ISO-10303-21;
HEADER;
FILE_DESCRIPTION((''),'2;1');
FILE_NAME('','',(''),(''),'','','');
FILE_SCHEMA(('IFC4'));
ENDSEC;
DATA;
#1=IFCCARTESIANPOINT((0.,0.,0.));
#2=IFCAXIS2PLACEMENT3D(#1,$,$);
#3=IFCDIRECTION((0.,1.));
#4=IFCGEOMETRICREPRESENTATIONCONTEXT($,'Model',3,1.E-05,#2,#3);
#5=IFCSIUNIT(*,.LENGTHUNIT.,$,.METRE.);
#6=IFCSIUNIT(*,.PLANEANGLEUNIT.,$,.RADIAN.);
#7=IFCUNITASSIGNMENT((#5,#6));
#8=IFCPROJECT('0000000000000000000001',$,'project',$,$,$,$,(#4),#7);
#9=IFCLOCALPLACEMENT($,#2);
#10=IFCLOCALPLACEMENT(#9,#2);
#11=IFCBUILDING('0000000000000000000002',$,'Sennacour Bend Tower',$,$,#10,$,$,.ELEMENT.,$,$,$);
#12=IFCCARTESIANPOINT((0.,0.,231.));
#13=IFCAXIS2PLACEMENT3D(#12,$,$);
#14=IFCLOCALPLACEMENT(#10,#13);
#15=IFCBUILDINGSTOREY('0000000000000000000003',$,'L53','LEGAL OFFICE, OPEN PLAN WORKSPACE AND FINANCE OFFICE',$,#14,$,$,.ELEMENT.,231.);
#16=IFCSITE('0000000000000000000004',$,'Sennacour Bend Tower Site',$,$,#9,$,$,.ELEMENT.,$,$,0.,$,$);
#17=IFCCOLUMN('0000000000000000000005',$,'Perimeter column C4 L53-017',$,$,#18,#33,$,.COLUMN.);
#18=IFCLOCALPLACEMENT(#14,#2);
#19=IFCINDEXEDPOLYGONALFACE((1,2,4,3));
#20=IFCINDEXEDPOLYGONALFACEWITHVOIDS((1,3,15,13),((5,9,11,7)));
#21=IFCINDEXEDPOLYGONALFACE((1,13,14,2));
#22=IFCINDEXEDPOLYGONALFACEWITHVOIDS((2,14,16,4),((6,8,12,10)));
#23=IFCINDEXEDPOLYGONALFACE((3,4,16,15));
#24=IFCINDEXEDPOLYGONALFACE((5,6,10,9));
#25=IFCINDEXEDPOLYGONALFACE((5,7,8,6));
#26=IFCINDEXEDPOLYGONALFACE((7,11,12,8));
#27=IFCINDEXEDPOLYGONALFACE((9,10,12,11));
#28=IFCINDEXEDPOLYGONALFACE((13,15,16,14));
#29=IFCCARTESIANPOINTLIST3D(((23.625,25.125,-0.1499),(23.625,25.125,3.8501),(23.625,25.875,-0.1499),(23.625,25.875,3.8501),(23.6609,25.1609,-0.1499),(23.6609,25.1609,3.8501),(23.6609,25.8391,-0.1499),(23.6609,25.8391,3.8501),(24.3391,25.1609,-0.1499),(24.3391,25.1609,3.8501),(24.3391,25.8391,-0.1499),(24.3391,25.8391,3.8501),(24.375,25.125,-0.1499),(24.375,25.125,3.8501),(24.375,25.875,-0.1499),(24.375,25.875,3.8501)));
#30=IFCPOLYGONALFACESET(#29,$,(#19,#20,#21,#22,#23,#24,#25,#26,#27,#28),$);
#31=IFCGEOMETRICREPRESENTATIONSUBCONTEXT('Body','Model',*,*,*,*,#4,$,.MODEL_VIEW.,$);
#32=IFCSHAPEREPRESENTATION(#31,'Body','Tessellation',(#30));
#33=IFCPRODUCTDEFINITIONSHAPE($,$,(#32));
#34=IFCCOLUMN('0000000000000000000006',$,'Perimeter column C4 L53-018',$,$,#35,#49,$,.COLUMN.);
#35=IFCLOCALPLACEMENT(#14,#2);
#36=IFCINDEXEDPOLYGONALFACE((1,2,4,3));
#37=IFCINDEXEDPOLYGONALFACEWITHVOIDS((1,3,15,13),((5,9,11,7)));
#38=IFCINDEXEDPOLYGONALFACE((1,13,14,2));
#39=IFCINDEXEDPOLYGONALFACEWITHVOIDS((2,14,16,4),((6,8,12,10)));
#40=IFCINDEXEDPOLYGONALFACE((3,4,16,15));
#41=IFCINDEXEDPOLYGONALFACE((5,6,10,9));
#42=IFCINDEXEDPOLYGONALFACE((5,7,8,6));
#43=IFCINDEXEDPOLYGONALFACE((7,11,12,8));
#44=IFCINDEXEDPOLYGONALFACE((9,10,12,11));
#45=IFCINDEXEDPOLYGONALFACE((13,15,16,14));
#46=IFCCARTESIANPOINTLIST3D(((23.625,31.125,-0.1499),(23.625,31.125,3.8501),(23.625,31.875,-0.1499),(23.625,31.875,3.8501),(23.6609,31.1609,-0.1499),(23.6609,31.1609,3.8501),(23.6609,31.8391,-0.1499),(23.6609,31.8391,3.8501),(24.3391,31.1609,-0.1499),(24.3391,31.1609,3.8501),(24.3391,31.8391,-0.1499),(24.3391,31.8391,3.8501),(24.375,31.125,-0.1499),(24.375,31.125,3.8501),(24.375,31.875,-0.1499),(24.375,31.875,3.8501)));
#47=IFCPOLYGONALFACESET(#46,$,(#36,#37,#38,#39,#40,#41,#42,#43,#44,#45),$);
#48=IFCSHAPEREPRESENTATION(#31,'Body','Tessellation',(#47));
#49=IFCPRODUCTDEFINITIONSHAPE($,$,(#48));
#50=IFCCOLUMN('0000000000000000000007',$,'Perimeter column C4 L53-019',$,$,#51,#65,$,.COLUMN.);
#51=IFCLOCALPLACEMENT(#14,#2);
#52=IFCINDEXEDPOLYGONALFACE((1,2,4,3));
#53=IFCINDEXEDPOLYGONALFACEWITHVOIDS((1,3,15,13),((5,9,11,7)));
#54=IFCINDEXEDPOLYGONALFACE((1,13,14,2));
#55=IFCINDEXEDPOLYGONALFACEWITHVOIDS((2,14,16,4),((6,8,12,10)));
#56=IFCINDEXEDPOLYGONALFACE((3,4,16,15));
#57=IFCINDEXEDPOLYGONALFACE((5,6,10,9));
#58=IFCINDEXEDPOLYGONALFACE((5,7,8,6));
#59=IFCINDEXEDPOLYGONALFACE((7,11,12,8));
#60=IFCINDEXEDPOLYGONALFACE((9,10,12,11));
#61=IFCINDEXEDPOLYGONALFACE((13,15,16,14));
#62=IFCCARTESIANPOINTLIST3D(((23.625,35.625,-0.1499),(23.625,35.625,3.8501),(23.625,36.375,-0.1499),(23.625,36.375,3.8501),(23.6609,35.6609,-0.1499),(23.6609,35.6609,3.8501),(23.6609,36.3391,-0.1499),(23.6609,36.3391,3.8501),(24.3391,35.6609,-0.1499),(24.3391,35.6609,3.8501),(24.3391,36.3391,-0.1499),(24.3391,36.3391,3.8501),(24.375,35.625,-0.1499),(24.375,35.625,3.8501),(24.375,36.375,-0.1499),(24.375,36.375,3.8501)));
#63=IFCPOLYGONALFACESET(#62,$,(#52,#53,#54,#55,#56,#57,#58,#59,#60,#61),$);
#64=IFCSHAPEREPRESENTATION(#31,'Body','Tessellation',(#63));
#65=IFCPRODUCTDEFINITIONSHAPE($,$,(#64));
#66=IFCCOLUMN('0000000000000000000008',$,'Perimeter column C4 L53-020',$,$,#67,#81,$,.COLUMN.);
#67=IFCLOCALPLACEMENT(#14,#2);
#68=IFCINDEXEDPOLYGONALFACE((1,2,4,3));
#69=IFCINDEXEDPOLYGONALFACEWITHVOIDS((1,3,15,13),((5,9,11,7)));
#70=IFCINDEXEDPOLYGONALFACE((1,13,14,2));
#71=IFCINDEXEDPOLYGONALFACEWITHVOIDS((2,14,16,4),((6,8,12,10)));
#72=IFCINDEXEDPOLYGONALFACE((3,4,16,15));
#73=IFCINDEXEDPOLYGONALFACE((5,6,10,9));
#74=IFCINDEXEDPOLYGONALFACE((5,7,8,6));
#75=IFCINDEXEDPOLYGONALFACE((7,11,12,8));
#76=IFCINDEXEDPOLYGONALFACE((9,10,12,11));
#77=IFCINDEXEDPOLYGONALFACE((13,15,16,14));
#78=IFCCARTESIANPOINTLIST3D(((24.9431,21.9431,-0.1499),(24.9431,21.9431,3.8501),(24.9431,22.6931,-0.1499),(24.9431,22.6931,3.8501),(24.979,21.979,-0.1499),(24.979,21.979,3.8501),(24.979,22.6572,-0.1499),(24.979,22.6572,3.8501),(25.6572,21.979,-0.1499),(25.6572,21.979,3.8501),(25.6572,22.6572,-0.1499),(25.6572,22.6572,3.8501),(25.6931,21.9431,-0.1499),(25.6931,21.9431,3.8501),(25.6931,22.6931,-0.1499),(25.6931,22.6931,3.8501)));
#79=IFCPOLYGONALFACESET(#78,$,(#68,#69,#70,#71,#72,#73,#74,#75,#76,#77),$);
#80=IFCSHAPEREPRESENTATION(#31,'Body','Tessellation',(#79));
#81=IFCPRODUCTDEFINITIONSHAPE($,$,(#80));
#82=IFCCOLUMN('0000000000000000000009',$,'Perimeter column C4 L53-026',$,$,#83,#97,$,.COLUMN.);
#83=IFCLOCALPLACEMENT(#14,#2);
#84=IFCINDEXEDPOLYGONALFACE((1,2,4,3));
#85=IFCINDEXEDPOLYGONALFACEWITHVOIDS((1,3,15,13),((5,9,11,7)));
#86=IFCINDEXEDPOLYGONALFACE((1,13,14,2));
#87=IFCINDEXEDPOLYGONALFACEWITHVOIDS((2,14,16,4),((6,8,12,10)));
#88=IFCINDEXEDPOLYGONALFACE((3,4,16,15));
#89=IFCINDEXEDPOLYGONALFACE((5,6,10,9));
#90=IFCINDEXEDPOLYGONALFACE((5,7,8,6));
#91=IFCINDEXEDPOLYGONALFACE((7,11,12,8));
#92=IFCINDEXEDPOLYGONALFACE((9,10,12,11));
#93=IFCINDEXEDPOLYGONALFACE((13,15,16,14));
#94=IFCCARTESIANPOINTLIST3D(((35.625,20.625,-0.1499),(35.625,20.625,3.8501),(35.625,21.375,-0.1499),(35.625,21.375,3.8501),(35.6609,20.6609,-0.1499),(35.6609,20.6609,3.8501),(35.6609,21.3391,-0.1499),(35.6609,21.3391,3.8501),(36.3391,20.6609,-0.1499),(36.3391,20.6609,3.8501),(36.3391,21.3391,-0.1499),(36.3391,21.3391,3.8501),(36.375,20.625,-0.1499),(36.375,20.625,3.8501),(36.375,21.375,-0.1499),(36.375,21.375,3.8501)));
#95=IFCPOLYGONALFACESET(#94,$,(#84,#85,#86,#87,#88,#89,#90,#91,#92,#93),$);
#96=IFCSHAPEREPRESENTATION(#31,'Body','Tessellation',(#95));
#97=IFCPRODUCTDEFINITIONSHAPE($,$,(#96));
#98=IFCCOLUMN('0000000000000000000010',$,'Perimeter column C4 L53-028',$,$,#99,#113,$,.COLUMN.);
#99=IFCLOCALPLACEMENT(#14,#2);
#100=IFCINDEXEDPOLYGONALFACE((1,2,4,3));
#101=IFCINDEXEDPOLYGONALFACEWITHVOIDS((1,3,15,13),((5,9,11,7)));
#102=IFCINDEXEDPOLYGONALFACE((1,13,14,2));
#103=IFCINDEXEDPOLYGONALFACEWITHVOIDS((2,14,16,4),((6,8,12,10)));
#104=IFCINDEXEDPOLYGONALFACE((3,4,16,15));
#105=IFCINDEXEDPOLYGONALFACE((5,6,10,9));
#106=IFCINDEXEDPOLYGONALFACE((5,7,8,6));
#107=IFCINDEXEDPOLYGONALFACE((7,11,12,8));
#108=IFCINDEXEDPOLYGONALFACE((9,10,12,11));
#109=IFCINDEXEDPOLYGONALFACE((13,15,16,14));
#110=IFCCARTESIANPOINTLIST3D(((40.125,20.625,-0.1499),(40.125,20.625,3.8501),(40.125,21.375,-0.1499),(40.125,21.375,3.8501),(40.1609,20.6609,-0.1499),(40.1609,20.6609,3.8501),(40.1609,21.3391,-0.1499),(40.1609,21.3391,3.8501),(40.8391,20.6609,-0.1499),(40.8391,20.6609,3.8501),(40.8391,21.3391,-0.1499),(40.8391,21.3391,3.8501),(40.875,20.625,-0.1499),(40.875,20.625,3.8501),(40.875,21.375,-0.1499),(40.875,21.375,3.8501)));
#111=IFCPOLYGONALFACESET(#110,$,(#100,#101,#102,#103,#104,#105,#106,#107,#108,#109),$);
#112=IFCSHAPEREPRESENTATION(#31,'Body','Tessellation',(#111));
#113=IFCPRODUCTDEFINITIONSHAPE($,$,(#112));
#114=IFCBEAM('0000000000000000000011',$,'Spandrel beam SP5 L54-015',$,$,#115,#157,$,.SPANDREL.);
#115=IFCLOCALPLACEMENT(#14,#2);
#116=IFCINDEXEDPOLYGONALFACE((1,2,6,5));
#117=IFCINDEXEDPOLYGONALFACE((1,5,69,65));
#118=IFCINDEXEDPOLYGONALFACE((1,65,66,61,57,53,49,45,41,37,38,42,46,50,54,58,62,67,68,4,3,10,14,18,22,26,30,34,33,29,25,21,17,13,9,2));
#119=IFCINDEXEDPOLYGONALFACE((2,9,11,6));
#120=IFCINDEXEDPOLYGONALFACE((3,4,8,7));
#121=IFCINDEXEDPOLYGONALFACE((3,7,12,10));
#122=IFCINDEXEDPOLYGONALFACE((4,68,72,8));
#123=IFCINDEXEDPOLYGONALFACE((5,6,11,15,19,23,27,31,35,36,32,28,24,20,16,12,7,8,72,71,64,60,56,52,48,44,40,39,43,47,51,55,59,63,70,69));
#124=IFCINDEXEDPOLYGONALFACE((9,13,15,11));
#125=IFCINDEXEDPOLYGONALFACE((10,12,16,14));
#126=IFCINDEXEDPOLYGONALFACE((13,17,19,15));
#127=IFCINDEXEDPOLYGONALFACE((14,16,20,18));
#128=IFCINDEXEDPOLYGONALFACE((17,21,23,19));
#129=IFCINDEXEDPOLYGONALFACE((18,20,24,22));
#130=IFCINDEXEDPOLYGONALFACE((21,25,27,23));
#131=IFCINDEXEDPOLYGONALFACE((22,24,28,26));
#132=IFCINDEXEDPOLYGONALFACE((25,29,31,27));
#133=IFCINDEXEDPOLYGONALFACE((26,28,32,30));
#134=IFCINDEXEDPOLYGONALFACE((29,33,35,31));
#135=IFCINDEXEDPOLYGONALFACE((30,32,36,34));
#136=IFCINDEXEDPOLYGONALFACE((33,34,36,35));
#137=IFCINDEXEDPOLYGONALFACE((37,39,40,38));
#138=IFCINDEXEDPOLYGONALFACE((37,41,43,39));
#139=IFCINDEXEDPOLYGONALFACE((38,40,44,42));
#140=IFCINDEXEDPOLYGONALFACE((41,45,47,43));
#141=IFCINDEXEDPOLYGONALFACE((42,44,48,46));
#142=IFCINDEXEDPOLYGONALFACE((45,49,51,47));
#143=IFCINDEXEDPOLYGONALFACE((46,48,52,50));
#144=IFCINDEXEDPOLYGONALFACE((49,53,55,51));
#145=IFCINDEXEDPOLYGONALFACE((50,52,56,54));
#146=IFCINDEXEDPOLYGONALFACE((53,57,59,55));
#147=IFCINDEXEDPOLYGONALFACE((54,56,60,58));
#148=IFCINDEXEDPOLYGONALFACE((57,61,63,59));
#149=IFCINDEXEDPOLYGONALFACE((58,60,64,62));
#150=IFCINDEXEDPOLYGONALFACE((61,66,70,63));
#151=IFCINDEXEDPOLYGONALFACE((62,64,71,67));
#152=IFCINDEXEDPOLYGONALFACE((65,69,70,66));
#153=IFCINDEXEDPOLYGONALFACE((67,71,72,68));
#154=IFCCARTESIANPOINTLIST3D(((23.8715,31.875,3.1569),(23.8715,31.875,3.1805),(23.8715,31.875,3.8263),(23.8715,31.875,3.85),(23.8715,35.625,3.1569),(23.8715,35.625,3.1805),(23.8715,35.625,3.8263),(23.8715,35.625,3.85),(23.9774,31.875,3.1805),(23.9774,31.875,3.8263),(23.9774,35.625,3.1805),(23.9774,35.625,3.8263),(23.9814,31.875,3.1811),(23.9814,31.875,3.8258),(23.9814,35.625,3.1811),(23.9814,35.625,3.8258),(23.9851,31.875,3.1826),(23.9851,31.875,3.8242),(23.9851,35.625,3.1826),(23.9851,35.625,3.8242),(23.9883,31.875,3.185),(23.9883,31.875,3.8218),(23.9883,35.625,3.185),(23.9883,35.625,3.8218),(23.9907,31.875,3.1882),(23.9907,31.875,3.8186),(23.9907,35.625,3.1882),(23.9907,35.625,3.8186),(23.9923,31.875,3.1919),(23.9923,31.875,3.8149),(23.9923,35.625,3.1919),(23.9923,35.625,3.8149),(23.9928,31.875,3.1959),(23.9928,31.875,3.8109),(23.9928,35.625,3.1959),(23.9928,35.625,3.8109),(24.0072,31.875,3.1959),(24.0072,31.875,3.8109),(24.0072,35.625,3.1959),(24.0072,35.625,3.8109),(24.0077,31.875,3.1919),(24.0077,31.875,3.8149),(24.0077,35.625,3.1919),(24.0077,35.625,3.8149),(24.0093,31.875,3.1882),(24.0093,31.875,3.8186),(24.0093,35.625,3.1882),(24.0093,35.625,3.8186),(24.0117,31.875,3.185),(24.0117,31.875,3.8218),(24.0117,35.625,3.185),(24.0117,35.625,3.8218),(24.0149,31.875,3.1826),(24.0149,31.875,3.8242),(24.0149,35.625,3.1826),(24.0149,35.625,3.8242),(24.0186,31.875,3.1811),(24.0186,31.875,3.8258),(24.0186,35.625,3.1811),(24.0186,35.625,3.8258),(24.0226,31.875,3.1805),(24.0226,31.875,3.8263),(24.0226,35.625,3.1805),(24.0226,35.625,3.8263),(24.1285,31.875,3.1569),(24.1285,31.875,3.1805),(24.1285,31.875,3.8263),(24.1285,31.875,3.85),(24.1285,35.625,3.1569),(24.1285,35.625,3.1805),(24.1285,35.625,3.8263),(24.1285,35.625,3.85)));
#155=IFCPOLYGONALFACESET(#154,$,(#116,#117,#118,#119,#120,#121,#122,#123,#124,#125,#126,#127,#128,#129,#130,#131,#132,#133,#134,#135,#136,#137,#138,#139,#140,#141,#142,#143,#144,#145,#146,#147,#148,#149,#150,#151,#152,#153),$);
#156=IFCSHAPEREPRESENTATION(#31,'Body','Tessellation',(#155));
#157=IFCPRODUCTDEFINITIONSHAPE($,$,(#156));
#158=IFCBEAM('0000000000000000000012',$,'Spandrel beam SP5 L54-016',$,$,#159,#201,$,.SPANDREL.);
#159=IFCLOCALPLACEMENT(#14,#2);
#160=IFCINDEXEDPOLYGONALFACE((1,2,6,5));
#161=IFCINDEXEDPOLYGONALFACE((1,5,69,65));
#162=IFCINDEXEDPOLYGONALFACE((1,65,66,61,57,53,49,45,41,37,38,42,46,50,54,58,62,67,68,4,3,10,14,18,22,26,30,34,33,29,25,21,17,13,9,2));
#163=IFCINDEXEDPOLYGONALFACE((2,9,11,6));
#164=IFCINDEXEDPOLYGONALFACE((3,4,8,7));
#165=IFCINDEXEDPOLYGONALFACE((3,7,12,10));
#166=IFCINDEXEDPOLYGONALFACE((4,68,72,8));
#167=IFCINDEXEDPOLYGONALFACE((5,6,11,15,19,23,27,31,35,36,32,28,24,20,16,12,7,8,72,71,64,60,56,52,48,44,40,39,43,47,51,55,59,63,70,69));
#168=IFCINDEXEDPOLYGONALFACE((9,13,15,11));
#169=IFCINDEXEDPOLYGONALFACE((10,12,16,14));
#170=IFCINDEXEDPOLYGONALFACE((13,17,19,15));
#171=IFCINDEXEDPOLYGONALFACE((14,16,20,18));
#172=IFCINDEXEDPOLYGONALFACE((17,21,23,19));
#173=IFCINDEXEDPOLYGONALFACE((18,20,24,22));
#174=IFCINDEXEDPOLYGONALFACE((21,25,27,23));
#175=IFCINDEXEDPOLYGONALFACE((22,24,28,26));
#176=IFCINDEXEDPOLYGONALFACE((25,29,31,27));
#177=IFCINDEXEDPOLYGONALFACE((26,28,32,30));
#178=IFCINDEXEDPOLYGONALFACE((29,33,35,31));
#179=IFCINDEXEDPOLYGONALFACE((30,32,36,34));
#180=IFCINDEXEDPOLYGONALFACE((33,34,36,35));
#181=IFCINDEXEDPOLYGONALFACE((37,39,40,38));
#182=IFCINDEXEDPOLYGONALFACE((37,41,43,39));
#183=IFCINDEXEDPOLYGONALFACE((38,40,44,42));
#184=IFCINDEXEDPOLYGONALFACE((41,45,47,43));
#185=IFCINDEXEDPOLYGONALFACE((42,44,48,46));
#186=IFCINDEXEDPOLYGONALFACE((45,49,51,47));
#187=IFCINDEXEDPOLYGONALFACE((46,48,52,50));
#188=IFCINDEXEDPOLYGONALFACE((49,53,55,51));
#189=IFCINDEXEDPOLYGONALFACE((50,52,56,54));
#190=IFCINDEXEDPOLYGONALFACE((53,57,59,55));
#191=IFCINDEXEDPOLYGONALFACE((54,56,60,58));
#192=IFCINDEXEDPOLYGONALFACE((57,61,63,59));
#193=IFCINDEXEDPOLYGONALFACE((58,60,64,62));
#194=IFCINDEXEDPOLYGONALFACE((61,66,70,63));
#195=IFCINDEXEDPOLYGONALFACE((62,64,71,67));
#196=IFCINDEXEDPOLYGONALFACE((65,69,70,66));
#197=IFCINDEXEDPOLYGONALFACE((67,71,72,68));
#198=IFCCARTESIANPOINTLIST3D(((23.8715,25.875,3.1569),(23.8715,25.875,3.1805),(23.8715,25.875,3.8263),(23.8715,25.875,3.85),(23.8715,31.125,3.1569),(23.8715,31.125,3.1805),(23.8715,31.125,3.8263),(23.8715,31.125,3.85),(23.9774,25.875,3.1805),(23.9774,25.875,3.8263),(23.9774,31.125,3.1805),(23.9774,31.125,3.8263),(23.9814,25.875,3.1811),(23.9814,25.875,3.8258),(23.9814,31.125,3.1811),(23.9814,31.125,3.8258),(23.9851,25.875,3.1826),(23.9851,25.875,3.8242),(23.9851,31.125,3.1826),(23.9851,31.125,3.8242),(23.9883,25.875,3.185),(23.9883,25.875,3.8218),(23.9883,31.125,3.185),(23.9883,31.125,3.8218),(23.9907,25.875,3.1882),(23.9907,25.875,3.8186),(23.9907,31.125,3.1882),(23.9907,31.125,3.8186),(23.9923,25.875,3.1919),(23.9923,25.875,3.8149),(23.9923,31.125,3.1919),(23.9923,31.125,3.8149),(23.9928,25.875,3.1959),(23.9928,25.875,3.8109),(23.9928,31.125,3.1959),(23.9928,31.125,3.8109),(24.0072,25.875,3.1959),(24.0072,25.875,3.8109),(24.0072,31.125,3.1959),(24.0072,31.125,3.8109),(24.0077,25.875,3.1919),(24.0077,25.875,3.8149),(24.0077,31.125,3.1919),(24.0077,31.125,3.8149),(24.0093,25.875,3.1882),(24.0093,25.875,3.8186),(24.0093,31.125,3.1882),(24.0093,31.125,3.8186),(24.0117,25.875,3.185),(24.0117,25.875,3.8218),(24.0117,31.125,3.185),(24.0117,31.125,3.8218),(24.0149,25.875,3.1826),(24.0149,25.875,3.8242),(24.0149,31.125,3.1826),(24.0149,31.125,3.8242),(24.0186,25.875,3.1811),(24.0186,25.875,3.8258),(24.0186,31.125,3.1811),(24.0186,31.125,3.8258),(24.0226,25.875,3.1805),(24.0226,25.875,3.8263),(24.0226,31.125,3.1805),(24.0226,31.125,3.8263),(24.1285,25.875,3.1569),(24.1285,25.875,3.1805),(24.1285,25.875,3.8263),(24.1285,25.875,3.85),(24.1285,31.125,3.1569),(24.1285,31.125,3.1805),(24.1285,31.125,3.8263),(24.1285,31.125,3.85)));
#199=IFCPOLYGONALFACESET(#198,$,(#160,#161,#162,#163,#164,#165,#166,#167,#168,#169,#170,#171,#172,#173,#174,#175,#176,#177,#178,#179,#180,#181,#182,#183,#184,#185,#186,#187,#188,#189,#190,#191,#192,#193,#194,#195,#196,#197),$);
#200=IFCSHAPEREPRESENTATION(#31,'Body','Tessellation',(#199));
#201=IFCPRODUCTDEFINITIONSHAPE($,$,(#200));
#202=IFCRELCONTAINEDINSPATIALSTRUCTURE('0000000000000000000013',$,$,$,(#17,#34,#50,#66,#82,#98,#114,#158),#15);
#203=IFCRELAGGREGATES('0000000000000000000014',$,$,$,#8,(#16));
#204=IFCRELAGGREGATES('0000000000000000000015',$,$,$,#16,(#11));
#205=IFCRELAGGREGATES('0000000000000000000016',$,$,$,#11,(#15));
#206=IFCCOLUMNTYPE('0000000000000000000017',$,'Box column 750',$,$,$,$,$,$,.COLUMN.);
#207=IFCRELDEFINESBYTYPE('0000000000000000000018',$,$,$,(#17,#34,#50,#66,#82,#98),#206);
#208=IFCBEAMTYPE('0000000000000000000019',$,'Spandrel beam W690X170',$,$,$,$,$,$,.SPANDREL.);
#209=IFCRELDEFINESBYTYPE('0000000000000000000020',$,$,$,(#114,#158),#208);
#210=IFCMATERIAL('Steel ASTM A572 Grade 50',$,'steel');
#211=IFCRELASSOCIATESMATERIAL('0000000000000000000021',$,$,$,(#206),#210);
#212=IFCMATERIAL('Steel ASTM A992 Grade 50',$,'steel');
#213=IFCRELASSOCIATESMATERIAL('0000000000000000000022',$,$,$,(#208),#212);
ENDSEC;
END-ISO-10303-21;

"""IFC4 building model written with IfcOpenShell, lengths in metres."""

from ifc_helpers import new_model, si_unit, direction, frame, origin, origin_2d, place, context, subcontext, project, spatial, hollow_rectangle, i_section, extrude, material, material_profile, profile_set, type_object, element, save


model = new_model("IFC4")

# Units and contexts
model_context = context("Model", 3, precision=1e-05, world=origin(), true_north=direction((0.0, 1.0)))
body_context = subcontext(model_context, "Body", "Model", "MODEL_VIEW")
ifc_project = project(units=[si_unit("LENGTHUNIT", "METRE"), si_unit("PLANEANGLEUNIT", "RADIAN")], contexts=[model_context])

# Site, building, storey
site_placement = place(None, origin())
site = spatial("IfcSite", under=ifc_project, at=site_placement, Name="Sennacour Bend Tower Site", CompositionType="ELEMENT", RefElevation=0.0)
building_placement = place(site_placement, origin())
building = spatial("IfcBuilding", under=site, at=building_placement, Name="Sennacour Bend Tower", CompositionType="ELEMENT")
storey_placement = place(building_placement, frame((0.0, 0.0, 231.0)))
storey = spatial("IfcBuildingStorey", under=building, at=storey_placement, Name="L53", Description="LEGAL OFFICE, OPEN PLAN WORKSPACE AND FINANCE OFFICE", CompositionType="ELEMENT", Elevation=231.0)

# Columns
ifc_material_1 = material(Name="Steel ASTM A572 Grade 50", Category="steel")
ifc_material_profile_1 = material_profile(ifc_material_1, hollow_rectangle(XDim=0.75, YDim=0.75, WallThickness=0.0359, at=origin_2d()), Name="Steel ASTM A572 Grade 50", Category="steel")
ifc_profile_set_1 = profile_set([ifc_material_profile_1], Name="Steel ASTM A572 Grade 50")
column_type = type_object("IfcColumnType", Name="Box column 750", PredefinedType="COLUMN", material=ifc_profile_set_1)
for number, where, z_axis, x_axis, name in (
    (1, (24.0, 25.5, -0.1499), (0.0, 0.0, 1.0), (1.0, 0.0, 0.0), "Perimeter column C4 L53-017"),
    (2, (24.0, 31.5, -0.1499), (0.0, 0.0, 1.0), (1.0, 0.0, 0.0), "Perimeter column C4 L53-018"),
    (3, (24.0, 36.0, -0.1499), (0.0, 0.0, 1.0), (1.0, 0.0, 0.0), "Perimeter column C4 L53-019"),
    (4, (25.3181, 22.3181, -0.1499), (0.0, 0.0, 1.0), (1.0, 0.0, 0.0), "Perimeter column C4 L53-020"),
    (5, (36.0, 21.0, -0.1499), (0.0, 0.0, 1.0), (1.0, 0.0, 0.0), "Perimeter column C4 L53-026"),
    (6, (40.5, 21.0, -0.1499), (0.0, 0.0, 1.0), (1.0, 0.0, 0.0), "Perimeter column C4 L53-028"),
):
    element("IfcColumn", number, at=place(storey_placement, frame(where, z_axis=z_axis, x_axis=x_axis)), inside=storey, type_object=column_type, Name=name, PredefinedType="COLUMN", context=body_context, shape_type="SweptSolid", body=[
        extrude(hollow_rectangle(XDim=0.75, YDim=0.75, WallThickness=0.0359, at=origin_2d()), origin(), (0.0, 0.0, 1.0), 4.0),
    ])

# Beams
ifc_material_2 = material(Name="Steel ASTM A992 Grade 50", Category="steel")
ifc_material_profile_2 = material_profile(ifc_material_2, i_section(OverallWidth=0.2571, OverallDepth=0.6931, WebThickness=0.0144, FlangeThickness=0.0237, FilletRadius=0.0154, at=origin_2d()), Name="Steel ASTM A992 Grade 50", Category="steel")
ifc_profile_set_2 = profile_set([ifc_material_profile_2], Name="Steel ASTM A992 Grade 50")
beam_type = type_object("IfcBeamType", Name="Spandrel beam W690X170", PredefinedType="SPANDREL", material=ifc_profile_set_2)
beam_1_placement = place(storey_placement, frame((24.0, 35.625, 3.5034), z_axis=(0.0, -1.0, 0.0), x_axis=(1.0, 0.0, 0.0)))
element("IfcBeam", 7, at=beam_1_placement, inside=storey, type_object=beam_type, Name="Spandrel beam SP5 L54-015", PredefinedType="SPANDREL", context=body_context, shape_type="SweptSolid", body=[
    extrude(i_section(OverallWidth=0.2571, OverallDepth=0.6931, WebThickness=0.0144, FlangeThickness=0.0237, FilletRadius=0.0154, at=origin_2d()), origin(), (0.0, 0.0, 1.0), 3.75),
])
beam_2_placement = place(storey_placement, frame((24.0, 31.125, 3.5034), z_axis=(0.0, -1.0, 0.0), x_axis=(1.0, 0.0, 0.0)))
element("IfcBeam", 8, at=beam_2_placement, inside=storey, type_object=beam_type, Name="Spandrel beam SP5 L54-016", PredefinedType="SPANDREL", context=body_context, shape_type="SweptSolid", body=[
    extrude(i_section(OverallWidth=0.2571, OverallDepth=0.6931, WebThickness=0.0144, FlangeThickness=0.0237, FilletRadius=0.0154, at=origin_2d()), origin(), (0.0, 0.0, 1.0), 5.25),
])

save(model, "model.ifc")
